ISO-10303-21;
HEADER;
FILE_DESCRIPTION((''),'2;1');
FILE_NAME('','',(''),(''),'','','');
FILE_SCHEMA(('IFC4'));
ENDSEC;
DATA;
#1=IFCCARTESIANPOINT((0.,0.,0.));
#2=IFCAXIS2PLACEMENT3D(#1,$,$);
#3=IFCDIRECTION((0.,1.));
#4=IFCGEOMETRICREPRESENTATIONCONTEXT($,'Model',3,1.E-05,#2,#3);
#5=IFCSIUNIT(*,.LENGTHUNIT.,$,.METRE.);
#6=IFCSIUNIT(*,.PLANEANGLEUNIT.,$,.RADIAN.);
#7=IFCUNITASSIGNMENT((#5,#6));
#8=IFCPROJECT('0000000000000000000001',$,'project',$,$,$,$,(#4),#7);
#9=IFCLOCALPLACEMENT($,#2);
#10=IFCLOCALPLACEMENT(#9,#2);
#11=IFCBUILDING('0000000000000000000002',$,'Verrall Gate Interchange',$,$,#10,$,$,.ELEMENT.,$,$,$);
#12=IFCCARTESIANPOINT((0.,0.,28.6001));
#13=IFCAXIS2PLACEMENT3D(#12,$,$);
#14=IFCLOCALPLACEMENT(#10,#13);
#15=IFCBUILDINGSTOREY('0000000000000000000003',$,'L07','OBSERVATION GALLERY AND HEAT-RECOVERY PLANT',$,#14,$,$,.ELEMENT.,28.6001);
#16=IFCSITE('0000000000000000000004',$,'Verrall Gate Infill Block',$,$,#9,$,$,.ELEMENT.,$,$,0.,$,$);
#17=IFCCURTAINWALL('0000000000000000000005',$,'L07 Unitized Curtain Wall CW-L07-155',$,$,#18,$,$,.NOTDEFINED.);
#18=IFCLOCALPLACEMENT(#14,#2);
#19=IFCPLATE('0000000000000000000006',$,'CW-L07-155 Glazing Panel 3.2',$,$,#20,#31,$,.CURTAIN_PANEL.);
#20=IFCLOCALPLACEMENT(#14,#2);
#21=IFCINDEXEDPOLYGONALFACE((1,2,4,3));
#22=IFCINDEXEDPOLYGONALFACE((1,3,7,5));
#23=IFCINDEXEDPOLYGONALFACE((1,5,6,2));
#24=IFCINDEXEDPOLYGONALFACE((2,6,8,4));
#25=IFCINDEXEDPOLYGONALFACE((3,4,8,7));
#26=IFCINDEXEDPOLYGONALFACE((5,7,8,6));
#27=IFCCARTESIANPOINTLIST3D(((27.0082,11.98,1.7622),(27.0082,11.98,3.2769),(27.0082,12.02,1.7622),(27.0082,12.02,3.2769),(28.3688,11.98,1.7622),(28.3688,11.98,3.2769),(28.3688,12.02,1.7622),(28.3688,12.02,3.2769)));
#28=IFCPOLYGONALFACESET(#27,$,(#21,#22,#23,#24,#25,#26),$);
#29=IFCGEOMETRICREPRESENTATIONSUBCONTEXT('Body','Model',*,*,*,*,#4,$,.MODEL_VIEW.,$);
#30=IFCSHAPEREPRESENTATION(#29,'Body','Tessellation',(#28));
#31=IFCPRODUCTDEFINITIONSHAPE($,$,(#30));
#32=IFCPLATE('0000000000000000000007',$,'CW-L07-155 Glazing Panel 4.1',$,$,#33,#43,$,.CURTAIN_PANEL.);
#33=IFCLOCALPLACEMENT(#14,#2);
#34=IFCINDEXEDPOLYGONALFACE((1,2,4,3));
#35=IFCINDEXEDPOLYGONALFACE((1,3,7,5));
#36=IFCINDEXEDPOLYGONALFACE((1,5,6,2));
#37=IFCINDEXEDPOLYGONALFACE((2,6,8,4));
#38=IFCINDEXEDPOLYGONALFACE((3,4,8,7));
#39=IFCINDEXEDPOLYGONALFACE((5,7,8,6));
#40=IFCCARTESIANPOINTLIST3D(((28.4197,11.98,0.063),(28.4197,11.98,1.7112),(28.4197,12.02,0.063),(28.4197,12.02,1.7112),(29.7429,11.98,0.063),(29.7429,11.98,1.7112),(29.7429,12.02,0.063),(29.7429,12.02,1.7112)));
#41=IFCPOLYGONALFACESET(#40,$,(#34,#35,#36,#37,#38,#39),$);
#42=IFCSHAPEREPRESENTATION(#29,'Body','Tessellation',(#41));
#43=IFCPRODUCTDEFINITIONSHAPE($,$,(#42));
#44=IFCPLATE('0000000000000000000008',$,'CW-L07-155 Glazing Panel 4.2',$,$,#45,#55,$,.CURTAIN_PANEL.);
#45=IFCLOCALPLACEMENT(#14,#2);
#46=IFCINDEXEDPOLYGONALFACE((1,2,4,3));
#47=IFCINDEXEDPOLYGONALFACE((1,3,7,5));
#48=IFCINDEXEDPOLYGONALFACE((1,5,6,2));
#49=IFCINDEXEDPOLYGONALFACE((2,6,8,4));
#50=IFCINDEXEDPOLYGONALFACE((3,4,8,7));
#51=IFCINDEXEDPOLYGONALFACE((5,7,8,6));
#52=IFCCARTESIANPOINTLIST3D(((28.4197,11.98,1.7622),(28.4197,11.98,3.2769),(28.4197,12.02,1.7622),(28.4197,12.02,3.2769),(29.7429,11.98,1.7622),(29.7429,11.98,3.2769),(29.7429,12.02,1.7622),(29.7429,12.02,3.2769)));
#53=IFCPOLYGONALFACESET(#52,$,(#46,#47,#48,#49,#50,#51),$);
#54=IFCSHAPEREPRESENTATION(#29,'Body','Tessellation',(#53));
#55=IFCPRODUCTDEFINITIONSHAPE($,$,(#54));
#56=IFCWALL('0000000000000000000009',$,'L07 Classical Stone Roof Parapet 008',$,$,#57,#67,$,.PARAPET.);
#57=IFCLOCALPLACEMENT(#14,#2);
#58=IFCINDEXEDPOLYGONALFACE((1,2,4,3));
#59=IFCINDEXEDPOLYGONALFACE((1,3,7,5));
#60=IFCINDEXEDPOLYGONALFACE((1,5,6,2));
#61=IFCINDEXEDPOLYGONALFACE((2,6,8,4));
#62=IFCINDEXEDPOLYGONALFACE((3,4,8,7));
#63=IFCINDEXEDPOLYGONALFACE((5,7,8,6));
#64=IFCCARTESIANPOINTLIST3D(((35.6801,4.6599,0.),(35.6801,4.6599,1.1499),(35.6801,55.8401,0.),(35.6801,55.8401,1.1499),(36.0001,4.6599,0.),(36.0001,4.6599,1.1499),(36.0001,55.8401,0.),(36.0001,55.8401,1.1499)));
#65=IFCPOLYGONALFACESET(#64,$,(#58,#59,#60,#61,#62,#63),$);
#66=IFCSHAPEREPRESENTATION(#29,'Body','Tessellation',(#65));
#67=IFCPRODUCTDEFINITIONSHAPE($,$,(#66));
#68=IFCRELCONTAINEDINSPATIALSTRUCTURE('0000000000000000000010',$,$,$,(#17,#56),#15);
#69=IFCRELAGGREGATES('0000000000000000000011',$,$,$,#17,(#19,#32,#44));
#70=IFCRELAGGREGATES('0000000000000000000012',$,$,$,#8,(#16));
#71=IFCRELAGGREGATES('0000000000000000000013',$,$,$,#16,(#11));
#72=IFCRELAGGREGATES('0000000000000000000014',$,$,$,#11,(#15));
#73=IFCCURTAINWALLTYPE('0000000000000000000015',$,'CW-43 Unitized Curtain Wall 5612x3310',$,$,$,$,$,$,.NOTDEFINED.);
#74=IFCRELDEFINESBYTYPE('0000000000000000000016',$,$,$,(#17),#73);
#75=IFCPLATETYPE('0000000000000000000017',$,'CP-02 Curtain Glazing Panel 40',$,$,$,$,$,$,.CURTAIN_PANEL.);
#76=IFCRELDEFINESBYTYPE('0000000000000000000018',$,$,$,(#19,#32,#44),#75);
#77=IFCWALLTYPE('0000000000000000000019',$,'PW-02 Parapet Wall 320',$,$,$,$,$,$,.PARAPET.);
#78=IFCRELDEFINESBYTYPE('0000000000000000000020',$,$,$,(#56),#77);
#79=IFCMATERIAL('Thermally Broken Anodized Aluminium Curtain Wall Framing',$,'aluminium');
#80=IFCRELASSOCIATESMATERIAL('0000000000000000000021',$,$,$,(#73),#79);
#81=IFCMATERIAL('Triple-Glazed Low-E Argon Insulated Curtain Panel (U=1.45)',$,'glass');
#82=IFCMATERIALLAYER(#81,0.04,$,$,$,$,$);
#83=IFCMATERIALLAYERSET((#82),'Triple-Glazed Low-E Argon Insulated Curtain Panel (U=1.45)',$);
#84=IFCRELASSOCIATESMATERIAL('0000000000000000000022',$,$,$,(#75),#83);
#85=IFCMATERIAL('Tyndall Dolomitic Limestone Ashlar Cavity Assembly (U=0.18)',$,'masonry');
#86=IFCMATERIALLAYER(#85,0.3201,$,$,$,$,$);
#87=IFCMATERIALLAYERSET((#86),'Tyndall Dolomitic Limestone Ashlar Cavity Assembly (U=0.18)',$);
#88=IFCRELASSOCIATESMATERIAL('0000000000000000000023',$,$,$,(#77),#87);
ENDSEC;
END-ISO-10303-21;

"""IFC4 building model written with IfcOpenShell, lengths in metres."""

from ifc_helpers import new_model, si_unit, direction, frame, frame_2d, origin, origin_2d, place, context, subcontext, project, spatial, rectangle, extrude, material, layer, layer_set, type_object, element, aggregate, save


model = new_model("IFC4")

# Units and contexts
model_context = context("Model", 3, precision=1e-05, world=origin(), true_north=direction((0.0, 1.0)))
body_context = subcontext(model_context, "Body", "Model", "MODEL_VIEW")
ifc_project = project(units=[si_unit("LENGTHUNIT", "METRE"), si_unit("PLANEANGLEUNIT", "RADIAN")], contexts=[model_context])

# Site, building, storey
site_placement = place(None, origin())
site = spatial("IfcSite", under=ifc_project, at=site_placement, Name="Verrall Gate Infill Block", CompositionType="ELEMENT", RefElevation=0.0)
building_placement = place(site_placement, origin())
building = spatial("IfcBuilding", under=site, at=building_placement, Name="Verrall Gate Interchange", CompositionType="ELEMENT")
storey_placement = place(building_placement, frame((0.0, 0.0, 28.6001)))
storey = spatial("IfcBuildingStorey", under=building, at=storey_placement, Name="L07", Description="OBSERVATION GALLERY AND HEAT-RECOVERY PLANT", CompositionType="ELEMENT", Elevation=28.6001)

# Curtain wall
ifc_material_1 = material(Name="Thermally Broken Anodized Aluminium Curtain Wall Framing", Category="aluminium")
curtain_wall_type_1 = type_object("IfcCurtainWallType", Name="CW-43 Unitized Curtain Wall 5612x3310", PredefinedType="NOTDEFINED", material=ifc_material_1)
curtain_wall_1_placement = place(storey_placement, origin())
curtain_wall_1 = element("IfcCurtainWall", 1, at=curtain_wall_1_placement, inside=storey, type_object=curtain_wall_type_1, Name="L07 Unitized Curtain Wall CW-L07-155", PredefinedType="NOTDEFINED")

# Plates
ifc_material_2 = material(Name="Triple-Glazed Low-E Argon Insulated Curtain Panel (U=1.45)", Category="glass")
ifc_layer_1 = layer(ifc_material_2, 0.04)
ifc_layer_set_1 = layer_set([ifc_layer_1], Name="Triple-Glazed Low-E Argon Insulated Curtain Panel (U=1.45)")
plate_type_1 = type_object("IfcPlateType", Name="CP-02 Curtain Glazing Panel 40", PredefinedType="CURTAIN_PANEL", material=ifc_layer_set_1)
plate_1_placement = place(storey_placement, frame((27.6885, 12.0, 1.7622), z_axis=(0.0, 0.0, 1.0), x_axis=(1.0, 0.0, 0.0)))
plate_1 = element("IfcPlate", 2, at=plate_1_placement, type_object=plate_type_1, Name="CW-L07-155 Glazing Panel 3.2", PredefinedType="CURTAIN_PANEL", context=body_context, shape_type="SweptSolid", body=[
    extrude(rectangle(XDim=1.3606, YDim=0.04, at=origin_2d()), origin(), (0.0, 0.0, 1.0), 1.5146),
])
plate_2_placement = place(storey_placement, frame((29.0813, 12.0, 0.063), z_axis=(0.0, 0.0, 1.0), x_axis=(1.0, 0.0, 0.0)))
plate_2 = element("IfcPlate", 3, at=plate_2_placement, type_object=plate_type_1, Name="CW-L07-155 Glazing Panel 4.1", PredefinedType="CURTAIN_PANEL", context=body_context, shape_type="SweptSolid", body=[
    extrude(rectangle(XDim=1.3232, YDim=0.04, at=origin_2d()), origin(), (0.0, 0.0, 1.0), 1.6482),
])
plate_3_placement = place(storey_placement, frame((29.0813, 12.0, 1.7622), z_axis=(0.0, 0.0, 1.0), x_axis=(1.0, 0.0, 0.0)))
plate_3 = element("IfcPlate", 4, at=plate_3_placement, type_object=plate_type_1, Name="CW-L07-155 Glazing Panel 4.2", PredefinedType="CURTAIN_PANEL", context=body_context, shape_type="SweptSolid", body=[
    extrude(rectangle(XDim=1.3232, YDim=0.04, at=origin_2d()), origin(), (0.0, 0.0, 1.0), 1.5146),
])
aggregate(curtain_wall_1, [plate_1, plate_2, plate_3])

# Wall
ifc_material_3 = material(Name="Tyndall Dolomitic Limestone Ashlar Cavity Assembly (U=0.18)", Category="masonry")
ifc_layer_2 = layer(ifc_material_3, 0.3201)
ifc_layer_set_2 = layer_set([ifc_layer_2], Name="Tyndall Dolomitic Limestone Ashlar Cavity Assembly (U=0.18)")
wall_type = type_object("IfcWallType", Name="PW-02 Parapet Wall 320", PredefinedType="PARAPET", material=ifc_layer_set_2)
wall_placement = place(storey_placement, frame((35.8401, 4.6599, 0.0), z_axis=(0.0, 0.0, 1.0), x_axis=(0.0, 1.0, 0.0)))
element("IfcWall", 5, at=wall_placement, inside=storey, type_object=wall_type, Name="L07 Classical Stone Roof Parapet 008", PredefinedType="PARAPET", context=body_context, shape_type="SweptSolid", body=[
    extrude(rectangle(XDim=51.1802, YDim=0.3201, at=frame_2d((25.5901, 0.0))), origin(), (0.0, 0.0, 1.0), 1.1499),
])

save(model, "model.ifc")
